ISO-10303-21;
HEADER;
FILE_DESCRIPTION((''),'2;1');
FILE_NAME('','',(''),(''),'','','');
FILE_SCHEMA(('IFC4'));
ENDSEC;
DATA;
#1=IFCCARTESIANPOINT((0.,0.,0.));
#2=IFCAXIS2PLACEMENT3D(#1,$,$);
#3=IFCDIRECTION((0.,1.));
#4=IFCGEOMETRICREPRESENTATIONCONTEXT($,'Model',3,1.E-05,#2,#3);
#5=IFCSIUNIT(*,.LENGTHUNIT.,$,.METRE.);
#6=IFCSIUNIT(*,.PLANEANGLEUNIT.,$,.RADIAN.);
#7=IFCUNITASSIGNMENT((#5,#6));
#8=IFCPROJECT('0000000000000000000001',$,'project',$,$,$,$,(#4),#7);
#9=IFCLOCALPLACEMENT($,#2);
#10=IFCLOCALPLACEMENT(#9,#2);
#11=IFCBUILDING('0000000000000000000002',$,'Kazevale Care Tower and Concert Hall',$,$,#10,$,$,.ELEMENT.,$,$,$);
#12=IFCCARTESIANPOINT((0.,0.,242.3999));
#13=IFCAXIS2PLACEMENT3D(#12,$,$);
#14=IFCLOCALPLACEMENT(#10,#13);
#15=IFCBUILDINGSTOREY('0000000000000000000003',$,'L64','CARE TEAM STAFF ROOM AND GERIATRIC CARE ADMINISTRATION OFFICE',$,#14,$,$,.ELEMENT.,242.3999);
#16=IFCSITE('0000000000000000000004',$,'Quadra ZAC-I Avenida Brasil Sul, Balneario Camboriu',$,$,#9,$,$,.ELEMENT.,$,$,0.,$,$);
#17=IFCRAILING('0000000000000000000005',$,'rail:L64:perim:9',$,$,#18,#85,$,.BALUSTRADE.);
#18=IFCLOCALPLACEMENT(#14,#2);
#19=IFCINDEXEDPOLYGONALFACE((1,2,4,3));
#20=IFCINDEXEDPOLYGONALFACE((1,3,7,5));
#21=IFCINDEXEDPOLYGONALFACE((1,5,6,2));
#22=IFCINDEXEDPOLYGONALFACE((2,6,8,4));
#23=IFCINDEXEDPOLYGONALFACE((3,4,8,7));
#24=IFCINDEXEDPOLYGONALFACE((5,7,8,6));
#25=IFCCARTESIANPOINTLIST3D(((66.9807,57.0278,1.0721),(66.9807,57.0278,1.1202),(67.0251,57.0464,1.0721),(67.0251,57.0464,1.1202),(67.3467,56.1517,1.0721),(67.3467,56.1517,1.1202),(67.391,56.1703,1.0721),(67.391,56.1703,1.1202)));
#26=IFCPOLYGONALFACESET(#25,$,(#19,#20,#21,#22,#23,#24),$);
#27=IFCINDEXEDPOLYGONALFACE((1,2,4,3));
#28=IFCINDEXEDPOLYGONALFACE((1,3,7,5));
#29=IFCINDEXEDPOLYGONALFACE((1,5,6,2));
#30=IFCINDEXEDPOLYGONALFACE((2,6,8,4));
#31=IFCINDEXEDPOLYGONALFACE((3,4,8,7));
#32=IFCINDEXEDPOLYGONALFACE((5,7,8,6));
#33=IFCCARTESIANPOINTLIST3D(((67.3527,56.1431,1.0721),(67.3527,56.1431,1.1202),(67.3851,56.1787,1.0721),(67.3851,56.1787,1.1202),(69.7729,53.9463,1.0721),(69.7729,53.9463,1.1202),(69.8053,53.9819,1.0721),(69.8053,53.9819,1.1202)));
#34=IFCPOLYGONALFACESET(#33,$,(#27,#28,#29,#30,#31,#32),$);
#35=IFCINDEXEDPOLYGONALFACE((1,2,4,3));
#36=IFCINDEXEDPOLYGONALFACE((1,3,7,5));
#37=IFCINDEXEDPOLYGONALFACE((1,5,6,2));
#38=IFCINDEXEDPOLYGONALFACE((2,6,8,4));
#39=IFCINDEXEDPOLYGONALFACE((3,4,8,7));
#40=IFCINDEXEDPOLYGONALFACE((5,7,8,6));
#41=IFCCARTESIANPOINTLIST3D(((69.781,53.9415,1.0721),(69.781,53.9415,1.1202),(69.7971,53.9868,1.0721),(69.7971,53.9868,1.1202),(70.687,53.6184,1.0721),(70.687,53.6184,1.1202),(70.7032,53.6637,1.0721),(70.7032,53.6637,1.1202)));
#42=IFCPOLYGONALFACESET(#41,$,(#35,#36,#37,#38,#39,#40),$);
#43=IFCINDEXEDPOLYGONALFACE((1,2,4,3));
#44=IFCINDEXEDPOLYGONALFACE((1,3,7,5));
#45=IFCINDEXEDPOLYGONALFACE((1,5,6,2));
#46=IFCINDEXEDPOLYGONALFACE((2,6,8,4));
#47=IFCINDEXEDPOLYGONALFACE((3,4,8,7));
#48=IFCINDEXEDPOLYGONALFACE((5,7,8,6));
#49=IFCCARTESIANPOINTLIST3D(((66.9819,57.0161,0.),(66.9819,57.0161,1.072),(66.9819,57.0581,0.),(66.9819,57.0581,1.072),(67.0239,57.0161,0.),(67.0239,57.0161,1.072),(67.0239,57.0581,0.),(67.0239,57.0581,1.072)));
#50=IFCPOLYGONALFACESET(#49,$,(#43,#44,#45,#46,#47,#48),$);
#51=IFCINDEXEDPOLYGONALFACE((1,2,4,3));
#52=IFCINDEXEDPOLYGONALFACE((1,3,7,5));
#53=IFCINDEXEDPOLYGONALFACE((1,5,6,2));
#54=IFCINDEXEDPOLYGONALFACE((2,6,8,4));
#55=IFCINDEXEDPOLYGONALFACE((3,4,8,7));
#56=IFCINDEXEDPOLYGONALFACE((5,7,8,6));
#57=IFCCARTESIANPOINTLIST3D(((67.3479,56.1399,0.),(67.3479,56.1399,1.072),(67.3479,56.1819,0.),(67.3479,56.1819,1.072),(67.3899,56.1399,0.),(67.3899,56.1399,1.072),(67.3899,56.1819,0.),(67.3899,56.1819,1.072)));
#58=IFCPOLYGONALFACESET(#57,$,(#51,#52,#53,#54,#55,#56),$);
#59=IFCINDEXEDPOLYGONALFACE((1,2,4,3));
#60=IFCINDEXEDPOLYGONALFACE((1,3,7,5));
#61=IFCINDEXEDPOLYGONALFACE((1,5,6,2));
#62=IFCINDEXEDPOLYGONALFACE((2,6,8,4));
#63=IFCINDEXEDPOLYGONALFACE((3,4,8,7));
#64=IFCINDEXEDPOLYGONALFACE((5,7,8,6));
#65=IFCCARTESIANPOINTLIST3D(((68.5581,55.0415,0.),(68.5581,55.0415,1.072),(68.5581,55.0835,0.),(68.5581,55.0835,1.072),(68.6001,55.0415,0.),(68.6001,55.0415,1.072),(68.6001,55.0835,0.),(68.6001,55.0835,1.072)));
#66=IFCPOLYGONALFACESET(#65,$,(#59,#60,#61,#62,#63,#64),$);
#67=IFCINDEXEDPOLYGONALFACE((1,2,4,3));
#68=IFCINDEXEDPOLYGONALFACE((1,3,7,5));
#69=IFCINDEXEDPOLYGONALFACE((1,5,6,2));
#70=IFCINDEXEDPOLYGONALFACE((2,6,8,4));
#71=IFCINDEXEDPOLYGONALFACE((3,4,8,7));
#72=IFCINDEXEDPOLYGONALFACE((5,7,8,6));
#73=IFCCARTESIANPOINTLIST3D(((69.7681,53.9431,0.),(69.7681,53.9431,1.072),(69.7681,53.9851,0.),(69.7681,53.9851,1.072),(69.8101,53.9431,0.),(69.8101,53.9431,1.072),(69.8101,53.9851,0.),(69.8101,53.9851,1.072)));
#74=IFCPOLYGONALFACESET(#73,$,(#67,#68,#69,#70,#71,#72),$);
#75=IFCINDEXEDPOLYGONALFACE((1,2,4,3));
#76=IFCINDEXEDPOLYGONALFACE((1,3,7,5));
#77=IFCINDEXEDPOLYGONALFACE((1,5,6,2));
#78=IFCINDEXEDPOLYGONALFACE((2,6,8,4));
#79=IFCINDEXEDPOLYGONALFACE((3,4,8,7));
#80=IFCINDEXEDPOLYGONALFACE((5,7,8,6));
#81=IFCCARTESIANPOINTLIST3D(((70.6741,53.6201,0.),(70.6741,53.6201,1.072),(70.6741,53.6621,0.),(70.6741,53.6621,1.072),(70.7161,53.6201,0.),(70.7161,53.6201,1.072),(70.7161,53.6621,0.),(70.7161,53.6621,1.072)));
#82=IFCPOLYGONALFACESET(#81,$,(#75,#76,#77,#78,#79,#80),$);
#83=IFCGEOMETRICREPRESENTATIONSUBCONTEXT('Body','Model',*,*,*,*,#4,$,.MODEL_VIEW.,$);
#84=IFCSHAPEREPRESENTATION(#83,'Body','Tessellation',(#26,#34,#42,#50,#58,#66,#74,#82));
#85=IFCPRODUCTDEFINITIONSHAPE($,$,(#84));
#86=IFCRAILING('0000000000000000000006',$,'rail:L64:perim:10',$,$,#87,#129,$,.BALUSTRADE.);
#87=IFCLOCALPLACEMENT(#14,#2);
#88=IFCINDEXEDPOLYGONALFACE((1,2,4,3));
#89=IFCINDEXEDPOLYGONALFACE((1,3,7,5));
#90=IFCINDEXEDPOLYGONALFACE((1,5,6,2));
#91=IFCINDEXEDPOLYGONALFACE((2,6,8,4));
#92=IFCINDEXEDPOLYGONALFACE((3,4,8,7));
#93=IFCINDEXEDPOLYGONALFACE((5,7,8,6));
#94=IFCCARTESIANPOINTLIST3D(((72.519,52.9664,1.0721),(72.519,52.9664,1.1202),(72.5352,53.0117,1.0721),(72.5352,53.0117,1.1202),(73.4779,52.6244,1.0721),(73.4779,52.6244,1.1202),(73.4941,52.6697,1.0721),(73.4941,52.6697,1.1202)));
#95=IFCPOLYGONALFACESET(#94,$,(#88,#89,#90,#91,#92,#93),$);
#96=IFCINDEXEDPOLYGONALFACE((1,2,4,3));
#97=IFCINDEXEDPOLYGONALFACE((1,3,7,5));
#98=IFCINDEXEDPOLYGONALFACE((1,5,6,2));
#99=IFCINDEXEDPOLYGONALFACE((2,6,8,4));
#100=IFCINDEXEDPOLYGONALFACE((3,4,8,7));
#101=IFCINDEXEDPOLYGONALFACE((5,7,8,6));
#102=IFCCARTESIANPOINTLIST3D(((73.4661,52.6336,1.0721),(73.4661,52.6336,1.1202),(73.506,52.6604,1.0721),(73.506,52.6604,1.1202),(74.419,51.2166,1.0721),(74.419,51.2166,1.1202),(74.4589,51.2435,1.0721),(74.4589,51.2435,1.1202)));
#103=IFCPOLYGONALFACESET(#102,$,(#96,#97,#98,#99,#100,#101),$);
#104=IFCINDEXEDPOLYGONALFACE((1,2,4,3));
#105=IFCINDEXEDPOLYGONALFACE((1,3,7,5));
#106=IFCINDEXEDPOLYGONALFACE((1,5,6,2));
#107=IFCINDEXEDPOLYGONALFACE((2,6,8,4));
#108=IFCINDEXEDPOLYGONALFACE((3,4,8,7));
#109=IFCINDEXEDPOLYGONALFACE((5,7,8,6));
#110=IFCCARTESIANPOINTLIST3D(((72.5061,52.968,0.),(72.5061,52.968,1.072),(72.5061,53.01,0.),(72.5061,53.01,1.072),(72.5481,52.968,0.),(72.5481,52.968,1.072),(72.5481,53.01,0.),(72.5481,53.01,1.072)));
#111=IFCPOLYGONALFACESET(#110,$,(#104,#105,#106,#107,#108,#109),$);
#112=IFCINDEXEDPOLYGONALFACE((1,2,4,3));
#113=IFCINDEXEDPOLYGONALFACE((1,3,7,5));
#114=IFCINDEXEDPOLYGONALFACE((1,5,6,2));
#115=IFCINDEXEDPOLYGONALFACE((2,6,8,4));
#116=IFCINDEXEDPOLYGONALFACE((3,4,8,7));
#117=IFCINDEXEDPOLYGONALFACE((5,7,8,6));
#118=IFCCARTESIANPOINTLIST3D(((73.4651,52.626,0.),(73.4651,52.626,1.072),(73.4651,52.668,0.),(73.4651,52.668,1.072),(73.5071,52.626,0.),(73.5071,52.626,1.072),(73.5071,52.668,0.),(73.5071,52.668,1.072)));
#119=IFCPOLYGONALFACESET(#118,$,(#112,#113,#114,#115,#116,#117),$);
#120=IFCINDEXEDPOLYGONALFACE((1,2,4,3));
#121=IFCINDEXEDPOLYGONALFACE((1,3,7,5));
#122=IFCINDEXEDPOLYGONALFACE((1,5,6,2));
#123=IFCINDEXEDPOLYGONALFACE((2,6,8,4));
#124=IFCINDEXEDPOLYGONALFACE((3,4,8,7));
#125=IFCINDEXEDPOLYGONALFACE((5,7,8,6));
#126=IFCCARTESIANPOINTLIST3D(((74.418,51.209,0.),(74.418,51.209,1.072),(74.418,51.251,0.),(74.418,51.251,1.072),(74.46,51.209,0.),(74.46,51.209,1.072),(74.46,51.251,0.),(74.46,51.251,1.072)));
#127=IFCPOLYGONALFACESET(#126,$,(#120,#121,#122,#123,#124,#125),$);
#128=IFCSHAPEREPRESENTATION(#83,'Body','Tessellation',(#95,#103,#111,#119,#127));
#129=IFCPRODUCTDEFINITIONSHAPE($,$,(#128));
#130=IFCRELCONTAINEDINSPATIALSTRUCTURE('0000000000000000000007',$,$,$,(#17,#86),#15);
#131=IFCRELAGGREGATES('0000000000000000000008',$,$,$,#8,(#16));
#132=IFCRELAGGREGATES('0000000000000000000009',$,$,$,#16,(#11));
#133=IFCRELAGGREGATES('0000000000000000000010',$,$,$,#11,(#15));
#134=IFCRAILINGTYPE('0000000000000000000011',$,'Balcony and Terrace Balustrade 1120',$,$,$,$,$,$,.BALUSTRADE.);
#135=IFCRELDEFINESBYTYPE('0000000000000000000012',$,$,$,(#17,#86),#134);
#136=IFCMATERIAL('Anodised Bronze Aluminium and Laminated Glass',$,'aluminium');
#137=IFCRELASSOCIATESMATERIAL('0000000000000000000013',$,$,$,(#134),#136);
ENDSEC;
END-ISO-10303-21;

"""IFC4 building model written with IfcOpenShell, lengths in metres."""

from ifc_helpers import new_model, si_unit, direction, frame, origin, origin_2d, place, context, subcontext, project, spatial, rectangle, extrude, material, type_object, element, save


model = new_model("IFC4")

# Units and contexts
model_context = context("Model", 3, precision=1e-05, world=origin(), true_north=direction((0.0, 1.0)))
body_context = subcontext(model_context, "Body", "Model", "MODEL_VIEW")
ifc_project = project(units=[si_unit("LENGTHUNIT", "METRE"), si_unit("PLANEANGLEUNIT", "RADIAN")], contexts=[model_context])

# Site, building, storey
site_placement = place(None, origin())
site = spatial("IfcSite", under=ifc_project, at=site_placement, Name="Quadra ZAC-I Avenida Brasil Sul, Balneario Camboriu", CompositionType="ELEMENT", RefElevation=0.0)
building_placement = place(site_placement, origin())
building = spatial("IfcBuilding", under=site, at=building_placement, Name="Kazevale Care Tower and Concert Hall", CompositionType="ELEMENT")
storey_placement = place(building_placement, frame((0.0, 0.0, 242.3999)))
storey = spatial("IfcBuildingStorey", under=building, at=storey_placement, Name="L64", Description="CARE TEAM STAFF ROOM AND GERIATRIC CARE ADMINISTRATION OFFICE", CompositionType="ELEMENT", Elevation=242.3999)

# Railings
ifc_material_1 = material(Name="Anodised Bronze Aluminium and Laminated Glass", Category="aluminium")
railing_type = type_object("IfcRailingType", Name="Balcony and Terrace Balustrade 1120", PredefinedType="BALUSTRADE", material=ifc_material_1)
railing_1_placement = place(storey_placement, frame((67.0029, 57.0371, 0.0)))
element("IfcRailing", 1, at=railing_1_placement, inside=storey, type_object=railing_type, Name="rail:L64:perim:9", PredefinedType="BALUSTRADE", context=body_context, shape_type="SweptSolid", body=[
    extrude(rectangle(XDim=0.0481, YDim=0.0481, at=origin_2d()), frame((0.0, 0.0, 1.0962), z_axis=(0.3854, -0.92275, 0.0), x_axis=(0.92275, 0.3854, 0.0)), (0.0, 0.0, 1.0), 0.9495),
    extrude(rectangle(XDim=0.0481, YDim=0.0481, at=origin_2d()), frame((0.366, -0.8762, 1.0962), z_axis=(0.740454, -0.672107, 0.0), x_axis=(0.672107, 0.740454, 0.0)), (0.0, 0.0, 1.0), 3.2686),
    extrude(rectangle(XDim=0.0481, YDim=0.0481, at=origin_2d()), frame((2.7861, -3.073, 1.0962), z_axis=(0.941931, -0.335806, 0.0), x_axis=(0.335806, 0.941931, 0.0)), (0.0, 0.0, 1.0), 0.9619),
    extrude(rectangle(XDim=0.042, YDim=0.042, at=origin_2d()), origin(), (0.0, 0.0, 1.0), 1.072),
    extrude(rectangle(XDim=0.042, YDim=0.042, at=origin_2d()), frame((0.366, -0.8762, 0.0)), (0.0, 0.0, 1.0), 1.072),
    extrude(rectangle(XDim=0.042, YDim=0.042, at=origin_2d()), frame((1.5762, -1.9746, 0.0)), (0.0, 0.0, 1.0), 1.072),
    extrude(rectangle(XDim=0.042, YDim=0.042, at=origin_2d()), frame((2.7861, -3.073, 0.0)), (0.0, 0.0, 1.0), 1.072),
    extrude(rectangle(XDim=0.042, YDim=0.042, at=origin_2d()), frame((3.6921, -3.396, 0.0)), (0.0, 0.0, 1.0), 1.072),
])
railing_2_placement = place(storey_placement, frame((72.5271, 52.989, 0.0)))
element("IfcRailing", 2, at=railing_2_placement, inside=storey, type_object=railing_type, Name="rail:L64:perim:10", PredefinedType="BALUSTRADE", context=body_context, shape_type="SweptSolid", body=[
    extrude(rectangle(XDim=0.0481, YDim=0.0481, at=origin_2d()), frame((0.0, 0.0, 1.0962), z_axis=(0.941883, -0.335941, 0.0), x_axis=(0.335941, 0.941883, 0.0)), (0.0, 0.0, 1.0), 1.0181),
    extrude(rectangle(XDim=0.0481, YDim=0.0481, at=origin_2d()), frame((0.959, -0.342, 1.0962), z_axis=(0.558028, -0.829822, 0.0), x_axis=(0.829822, 0.558028, 0.0)), (0.0, 0.0, 1.0), 1.7075),
    extrude(rectangle(XDim=0.042, YDim=0.042, at=origin_2d()), origin(), (0.0, 0.0, 1.0), 1.072),
    extrude(rectangle(XDim=0.042, YDim=0.042, at=origin_2d()), frame((0.959, -0.342, 0.0)), (0.0, 0.0, 1.0), 1.072),
    extrude(rectangle(XDim=0.042, YDim=0.042, at=origin_2d()), frame((1.9119, -1.759, 0.0)), (0.0, 0.0, 1.0), 1.072),
])

save(model, "model.ifc")
